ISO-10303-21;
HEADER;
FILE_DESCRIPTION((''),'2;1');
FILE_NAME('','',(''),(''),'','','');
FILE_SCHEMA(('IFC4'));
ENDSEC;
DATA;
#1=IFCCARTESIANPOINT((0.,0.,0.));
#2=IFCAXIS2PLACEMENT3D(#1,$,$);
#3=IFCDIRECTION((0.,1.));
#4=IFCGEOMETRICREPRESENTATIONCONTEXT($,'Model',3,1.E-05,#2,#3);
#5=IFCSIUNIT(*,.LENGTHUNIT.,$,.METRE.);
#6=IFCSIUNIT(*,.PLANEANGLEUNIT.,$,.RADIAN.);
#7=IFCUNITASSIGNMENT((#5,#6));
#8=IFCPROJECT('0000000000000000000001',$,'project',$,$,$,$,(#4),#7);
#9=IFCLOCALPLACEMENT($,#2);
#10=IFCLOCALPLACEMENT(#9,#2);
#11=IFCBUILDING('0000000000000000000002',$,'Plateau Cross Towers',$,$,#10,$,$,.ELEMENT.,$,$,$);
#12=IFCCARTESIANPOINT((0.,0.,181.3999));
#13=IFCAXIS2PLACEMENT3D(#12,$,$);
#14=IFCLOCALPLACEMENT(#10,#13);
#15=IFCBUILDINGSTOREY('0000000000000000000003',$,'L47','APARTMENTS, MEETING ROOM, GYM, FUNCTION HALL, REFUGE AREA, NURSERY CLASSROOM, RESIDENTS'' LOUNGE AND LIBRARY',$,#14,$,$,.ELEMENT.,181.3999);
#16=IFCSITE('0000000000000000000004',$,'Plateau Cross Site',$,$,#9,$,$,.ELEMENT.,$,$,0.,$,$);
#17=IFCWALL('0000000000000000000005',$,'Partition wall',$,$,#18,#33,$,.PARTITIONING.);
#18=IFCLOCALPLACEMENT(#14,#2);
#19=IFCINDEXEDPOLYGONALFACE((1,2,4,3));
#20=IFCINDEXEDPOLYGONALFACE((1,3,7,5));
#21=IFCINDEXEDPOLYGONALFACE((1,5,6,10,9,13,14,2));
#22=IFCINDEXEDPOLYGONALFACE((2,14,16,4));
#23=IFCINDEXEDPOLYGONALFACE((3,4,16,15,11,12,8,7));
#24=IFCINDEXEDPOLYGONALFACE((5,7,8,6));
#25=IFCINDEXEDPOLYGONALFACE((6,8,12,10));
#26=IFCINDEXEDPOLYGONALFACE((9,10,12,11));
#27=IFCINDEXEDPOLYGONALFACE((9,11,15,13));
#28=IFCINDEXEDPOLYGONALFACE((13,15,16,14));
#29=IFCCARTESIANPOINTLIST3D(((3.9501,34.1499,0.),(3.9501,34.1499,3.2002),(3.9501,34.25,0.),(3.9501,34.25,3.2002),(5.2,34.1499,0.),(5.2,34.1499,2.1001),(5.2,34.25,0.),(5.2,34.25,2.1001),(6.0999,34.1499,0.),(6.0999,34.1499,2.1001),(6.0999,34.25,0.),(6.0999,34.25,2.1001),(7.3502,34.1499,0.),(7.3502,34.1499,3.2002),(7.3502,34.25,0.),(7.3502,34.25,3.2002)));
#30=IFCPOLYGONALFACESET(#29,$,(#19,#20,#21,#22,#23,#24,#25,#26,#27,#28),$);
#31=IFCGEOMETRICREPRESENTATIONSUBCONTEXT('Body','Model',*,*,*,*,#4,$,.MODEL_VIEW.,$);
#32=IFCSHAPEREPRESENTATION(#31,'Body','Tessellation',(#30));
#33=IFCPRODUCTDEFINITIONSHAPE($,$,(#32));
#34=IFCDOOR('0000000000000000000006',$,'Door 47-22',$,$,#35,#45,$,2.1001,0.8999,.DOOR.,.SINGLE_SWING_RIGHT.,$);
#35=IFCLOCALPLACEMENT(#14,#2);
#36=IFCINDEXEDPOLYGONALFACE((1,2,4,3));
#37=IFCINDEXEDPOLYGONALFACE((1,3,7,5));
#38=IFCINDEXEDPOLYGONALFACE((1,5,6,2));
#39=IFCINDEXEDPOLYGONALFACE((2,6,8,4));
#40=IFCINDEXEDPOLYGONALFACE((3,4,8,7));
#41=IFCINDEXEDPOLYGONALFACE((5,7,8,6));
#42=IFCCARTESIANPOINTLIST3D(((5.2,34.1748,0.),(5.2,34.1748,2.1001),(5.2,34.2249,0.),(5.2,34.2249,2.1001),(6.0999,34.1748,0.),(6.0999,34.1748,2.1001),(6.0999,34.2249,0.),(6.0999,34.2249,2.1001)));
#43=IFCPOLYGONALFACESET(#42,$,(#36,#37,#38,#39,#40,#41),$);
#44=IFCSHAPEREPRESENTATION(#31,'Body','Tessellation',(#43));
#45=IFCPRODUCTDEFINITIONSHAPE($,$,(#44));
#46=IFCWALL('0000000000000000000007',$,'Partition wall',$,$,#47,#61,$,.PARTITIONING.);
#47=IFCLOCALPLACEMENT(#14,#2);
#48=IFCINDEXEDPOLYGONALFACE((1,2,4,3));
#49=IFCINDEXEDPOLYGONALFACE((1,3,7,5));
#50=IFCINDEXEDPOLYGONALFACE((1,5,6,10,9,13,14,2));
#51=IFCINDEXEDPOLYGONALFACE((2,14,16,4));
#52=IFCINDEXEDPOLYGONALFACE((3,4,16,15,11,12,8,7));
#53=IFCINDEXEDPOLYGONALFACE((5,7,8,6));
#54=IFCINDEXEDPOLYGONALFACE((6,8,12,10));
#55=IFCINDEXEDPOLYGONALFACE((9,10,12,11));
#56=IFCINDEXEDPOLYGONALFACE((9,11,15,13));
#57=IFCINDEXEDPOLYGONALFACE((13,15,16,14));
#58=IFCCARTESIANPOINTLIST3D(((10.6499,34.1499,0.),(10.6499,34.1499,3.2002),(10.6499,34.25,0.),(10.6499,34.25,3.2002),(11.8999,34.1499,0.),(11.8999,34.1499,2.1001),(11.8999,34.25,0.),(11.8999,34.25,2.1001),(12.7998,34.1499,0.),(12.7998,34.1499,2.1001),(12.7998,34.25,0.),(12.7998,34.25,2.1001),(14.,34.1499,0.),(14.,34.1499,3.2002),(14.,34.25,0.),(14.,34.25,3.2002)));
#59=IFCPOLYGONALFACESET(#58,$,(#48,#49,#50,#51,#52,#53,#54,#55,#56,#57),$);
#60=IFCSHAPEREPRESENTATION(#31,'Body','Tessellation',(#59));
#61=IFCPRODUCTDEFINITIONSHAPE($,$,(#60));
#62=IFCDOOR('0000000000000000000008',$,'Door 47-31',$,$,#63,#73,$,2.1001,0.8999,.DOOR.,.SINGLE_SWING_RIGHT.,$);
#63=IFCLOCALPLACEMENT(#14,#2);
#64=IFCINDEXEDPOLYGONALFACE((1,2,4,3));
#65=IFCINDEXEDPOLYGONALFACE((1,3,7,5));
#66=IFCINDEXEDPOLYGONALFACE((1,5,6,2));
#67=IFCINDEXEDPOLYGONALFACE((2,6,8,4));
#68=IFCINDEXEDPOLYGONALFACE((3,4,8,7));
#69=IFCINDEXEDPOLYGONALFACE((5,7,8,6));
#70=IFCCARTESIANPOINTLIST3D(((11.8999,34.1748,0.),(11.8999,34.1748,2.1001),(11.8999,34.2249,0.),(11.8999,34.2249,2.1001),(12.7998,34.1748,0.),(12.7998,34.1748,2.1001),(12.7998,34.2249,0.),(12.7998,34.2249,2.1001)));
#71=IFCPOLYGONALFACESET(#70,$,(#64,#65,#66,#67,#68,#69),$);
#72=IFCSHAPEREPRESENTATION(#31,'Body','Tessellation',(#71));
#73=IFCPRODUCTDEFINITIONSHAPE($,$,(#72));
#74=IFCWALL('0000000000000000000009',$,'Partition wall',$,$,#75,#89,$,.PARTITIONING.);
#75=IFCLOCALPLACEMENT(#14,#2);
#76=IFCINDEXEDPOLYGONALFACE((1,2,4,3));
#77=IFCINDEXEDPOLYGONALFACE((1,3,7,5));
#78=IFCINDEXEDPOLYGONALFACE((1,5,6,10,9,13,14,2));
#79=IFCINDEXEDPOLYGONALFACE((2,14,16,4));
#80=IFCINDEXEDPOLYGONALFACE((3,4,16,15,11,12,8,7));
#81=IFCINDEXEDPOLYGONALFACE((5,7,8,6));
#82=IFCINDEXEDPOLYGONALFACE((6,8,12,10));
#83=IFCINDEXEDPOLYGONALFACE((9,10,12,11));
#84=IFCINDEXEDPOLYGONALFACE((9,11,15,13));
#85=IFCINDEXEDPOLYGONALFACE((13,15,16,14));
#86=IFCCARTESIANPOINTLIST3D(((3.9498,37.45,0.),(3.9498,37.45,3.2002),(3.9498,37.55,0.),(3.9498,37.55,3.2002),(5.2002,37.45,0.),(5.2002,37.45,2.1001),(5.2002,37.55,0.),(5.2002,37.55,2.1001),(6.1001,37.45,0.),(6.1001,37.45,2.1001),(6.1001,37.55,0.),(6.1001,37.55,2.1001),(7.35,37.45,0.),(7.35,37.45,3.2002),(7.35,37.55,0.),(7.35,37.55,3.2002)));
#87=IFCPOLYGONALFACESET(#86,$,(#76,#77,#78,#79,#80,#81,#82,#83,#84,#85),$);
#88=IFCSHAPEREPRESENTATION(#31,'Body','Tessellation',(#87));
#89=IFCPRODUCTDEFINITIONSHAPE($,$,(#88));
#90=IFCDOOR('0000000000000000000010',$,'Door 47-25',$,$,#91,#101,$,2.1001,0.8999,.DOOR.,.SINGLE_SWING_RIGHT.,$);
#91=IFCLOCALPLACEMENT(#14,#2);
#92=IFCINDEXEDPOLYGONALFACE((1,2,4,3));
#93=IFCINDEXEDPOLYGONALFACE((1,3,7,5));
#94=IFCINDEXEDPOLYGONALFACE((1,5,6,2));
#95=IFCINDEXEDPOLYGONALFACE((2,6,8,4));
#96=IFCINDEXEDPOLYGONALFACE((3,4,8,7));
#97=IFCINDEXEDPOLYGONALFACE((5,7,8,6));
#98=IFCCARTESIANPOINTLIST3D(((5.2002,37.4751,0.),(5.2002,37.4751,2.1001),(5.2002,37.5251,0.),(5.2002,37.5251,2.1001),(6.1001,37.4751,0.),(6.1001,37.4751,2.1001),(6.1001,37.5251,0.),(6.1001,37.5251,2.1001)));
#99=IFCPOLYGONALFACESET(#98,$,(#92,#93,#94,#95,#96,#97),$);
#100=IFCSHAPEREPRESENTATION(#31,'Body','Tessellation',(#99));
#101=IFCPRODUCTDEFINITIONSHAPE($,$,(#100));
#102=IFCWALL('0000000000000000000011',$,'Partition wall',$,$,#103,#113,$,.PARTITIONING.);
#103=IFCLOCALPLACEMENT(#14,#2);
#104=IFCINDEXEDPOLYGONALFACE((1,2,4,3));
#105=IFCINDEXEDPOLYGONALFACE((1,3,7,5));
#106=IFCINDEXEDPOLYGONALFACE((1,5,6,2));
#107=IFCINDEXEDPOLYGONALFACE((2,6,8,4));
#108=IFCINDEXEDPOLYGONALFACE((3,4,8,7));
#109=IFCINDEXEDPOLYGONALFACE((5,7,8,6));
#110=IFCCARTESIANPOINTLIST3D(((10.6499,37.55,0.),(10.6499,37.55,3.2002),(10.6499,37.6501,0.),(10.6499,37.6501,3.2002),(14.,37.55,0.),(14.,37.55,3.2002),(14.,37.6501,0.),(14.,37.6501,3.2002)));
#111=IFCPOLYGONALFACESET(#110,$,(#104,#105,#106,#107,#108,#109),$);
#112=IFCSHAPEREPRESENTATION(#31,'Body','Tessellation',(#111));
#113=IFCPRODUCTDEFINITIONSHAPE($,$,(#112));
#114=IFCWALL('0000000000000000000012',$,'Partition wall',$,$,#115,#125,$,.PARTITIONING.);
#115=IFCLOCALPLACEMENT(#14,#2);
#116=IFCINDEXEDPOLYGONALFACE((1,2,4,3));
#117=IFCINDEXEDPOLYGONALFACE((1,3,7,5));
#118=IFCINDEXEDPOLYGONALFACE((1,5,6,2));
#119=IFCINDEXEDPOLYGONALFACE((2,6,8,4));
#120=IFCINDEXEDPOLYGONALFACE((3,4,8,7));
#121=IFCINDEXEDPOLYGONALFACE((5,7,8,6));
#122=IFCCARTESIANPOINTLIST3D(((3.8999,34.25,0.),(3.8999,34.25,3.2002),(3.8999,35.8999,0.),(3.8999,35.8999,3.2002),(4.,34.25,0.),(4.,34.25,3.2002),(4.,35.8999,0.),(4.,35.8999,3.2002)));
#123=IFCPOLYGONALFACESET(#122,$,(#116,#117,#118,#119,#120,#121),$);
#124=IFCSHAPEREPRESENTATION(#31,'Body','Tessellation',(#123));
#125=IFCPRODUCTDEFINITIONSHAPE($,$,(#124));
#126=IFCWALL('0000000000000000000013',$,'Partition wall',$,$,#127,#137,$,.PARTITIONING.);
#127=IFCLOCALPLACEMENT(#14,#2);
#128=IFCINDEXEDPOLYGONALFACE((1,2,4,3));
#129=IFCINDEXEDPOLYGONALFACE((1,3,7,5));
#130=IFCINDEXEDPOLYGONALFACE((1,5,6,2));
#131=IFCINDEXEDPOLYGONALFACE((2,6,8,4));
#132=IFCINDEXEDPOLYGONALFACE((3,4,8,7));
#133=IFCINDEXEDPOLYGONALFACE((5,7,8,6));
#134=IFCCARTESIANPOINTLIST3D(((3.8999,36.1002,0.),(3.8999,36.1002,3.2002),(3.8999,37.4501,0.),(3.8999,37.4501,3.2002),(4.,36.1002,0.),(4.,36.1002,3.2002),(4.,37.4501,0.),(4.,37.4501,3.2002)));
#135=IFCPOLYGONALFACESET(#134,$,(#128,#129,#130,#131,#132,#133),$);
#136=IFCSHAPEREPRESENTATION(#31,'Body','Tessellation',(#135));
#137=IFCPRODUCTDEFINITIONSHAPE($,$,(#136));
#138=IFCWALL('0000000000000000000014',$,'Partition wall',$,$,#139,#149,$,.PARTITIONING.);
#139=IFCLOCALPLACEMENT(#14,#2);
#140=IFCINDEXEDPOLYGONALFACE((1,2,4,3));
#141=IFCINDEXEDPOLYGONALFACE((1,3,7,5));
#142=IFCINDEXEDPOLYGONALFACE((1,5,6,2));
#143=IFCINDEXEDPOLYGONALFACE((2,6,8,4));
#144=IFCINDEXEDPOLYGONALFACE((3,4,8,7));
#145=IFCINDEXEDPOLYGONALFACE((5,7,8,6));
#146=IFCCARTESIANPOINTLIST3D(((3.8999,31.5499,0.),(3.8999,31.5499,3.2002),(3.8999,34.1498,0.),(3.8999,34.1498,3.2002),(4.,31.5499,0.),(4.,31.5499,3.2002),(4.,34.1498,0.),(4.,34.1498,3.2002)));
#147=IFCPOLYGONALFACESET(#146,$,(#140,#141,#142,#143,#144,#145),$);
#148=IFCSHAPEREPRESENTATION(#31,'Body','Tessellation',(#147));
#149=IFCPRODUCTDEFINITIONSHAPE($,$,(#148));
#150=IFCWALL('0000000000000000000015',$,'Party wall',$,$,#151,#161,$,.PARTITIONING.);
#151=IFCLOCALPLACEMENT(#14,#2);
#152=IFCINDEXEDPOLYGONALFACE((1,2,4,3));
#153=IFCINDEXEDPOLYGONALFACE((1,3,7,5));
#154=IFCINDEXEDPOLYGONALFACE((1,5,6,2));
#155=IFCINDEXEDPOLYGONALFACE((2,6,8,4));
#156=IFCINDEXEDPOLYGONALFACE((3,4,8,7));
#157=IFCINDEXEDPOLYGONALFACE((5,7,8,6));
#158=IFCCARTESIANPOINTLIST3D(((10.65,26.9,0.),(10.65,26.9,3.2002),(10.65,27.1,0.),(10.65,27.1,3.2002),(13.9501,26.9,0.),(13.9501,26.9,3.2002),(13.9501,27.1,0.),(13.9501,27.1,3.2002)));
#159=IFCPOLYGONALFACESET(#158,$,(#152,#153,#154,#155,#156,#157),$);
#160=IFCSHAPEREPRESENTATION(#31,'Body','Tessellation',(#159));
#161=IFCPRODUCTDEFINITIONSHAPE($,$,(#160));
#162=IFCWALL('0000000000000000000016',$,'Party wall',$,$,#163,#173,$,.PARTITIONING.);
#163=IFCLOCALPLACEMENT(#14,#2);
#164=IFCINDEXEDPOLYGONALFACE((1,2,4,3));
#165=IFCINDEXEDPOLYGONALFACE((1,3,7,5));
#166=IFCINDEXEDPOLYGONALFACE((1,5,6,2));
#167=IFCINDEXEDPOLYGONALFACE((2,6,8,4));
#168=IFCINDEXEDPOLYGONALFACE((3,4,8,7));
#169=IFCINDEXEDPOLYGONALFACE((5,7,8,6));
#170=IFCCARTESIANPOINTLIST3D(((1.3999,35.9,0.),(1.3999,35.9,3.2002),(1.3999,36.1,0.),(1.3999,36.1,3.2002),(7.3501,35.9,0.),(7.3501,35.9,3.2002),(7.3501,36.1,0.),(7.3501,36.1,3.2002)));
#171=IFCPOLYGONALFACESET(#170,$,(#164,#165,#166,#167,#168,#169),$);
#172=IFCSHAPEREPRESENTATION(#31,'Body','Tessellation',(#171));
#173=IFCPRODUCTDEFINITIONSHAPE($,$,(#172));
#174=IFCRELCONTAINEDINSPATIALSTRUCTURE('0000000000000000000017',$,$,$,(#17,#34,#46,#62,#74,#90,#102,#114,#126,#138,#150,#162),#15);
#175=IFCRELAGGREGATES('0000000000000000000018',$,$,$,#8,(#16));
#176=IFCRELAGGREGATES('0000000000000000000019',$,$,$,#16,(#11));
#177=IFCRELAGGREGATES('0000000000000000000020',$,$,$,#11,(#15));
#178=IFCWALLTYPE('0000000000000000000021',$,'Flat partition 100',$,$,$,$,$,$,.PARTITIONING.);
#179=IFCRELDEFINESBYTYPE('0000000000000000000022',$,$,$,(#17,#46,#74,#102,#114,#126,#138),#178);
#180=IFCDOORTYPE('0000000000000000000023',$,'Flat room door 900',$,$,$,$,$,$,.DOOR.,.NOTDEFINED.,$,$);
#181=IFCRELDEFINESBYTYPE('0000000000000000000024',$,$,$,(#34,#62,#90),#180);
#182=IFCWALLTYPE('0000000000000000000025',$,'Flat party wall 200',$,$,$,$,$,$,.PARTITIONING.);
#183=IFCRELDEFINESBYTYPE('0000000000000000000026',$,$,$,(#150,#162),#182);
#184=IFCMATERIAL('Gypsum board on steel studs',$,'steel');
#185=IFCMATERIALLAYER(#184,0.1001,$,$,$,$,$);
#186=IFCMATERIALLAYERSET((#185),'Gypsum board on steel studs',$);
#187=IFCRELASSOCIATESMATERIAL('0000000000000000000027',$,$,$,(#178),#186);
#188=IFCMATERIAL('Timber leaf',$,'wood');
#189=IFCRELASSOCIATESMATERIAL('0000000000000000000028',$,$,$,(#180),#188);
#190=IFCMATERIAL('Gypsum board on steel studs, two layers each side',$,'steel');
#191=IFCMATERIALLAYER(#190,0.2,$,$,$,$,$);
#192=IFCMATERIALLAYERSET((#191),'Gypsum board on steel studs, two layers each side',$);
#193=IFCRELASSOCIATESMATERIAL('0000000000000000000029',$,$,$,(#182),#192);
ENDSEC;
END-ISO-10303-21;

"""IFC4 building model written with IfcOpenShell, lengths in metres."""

from ifc_helpers import new_model, si_unit, direction, frame, frame_2d, origin, place, context, subcontext, project, spatial, rectangle, extrude, material, layer, layer_set, type_object, element, fill, save


model = new_model("IFC4")

# Units and contexts
model_context = context("Model", 3, precision=1e-05, world=origin(), true_north=direction((0.0, 1.0)))
body_context = subcontext(model_context, "Body", "Model", "MODEL_VIEW")
ifc_project = project(units=[si_unit("LENGTHUNIT", "METRE"), si_unit("PLANEANGLEUNIT", "RADIAN")], contexts=[model_context])

# Site, building, storey
site_placement = place(None, origin())
site = spatial("IfcSite", under=ifc_project, at=site_placement, Name="Plateau Cross Site", CompositionType="ELEMENT", RefElevation=0.0)
building_placement = place(site_placement, origin())
building = spatial("IfcBuilding", under=site, at=building_placement, Name="Plateau Cross Towers", CompositionType="ELEMENT")
storey_placement = place(building_placement, frame((0.0, 0.0, 181.3999)))
storey = spatial("IfcBuildingStorey", under=building, at=storey_placement, Name="L47", Description="APARTMENTS, MEETING ROOM, GYM, FUNCTION HALL, REFUGE AREA, NURSERY CLASSROOM, RESIDENTS' LOUNGE AND LIBRARY", CompositionType="ELEMENT", Elevation=181.3999)

# Walls, openings, doors
ifc_material_1 = material(Name="Gypsum board on steel studs", Category="steel")
ifc_layer_1 = layer(ifc_material_1, 0.1001)
ifc_layer_set_1 = layer_set([ifc_layer_1], Name="Gypsum board on steel studs")
wall_type_1 = type_object("IfcWallType", Name="Flat partition 100", PredefinedType="PARTITIONING", material=ifc_layer_set_1)
ifc_material_2 = material(Name="Timber leaf", Category="wood")
door_type_1 = type_object("IfcDoorType", Name="Flat room door 900", OperationType="NOTDEFINED", PredefinedType="DOOR", material=ifc_material_2)
wall_1_placement = place(storey_placement, frame((3.95, 34.2, 0.0), z_axis=(0.0, 0.0, 1.0), x_axis=(1.0, 0.0, 0.0)))
wall_1 = element("IfcWall", 1, at=wall_1_placement, inside=storey, type_object=wall_type_1, Name="Partition wall", PredefinedType="PARTITIONING", context=body_context, shape_type="SweptSolid", body=[
    extrude(rectangle(XDim=3.4001, YDim=0.1001, at=frame_2d((1.7002, 0.0))), origin(), (0.0, 0.0, 1.0), 3.2002),
])
opening_1_placement = place(wall_1_placement, frame((1.25, 0.0, 0.0)))
opening_1 = element("IfcOpeningElement", 2, at=opening_1_placement, cuts=wall_1, PredefinedType="OPENING", context=body_context, shape_type="SweptSolid", body=[
    extrude(rectangle(XDim=0.8999, YDim=2.1001, at=frame_2d((0.45, 1.05))), frame((0.0, 0.0601, 0.0), z_axis=(0.0, -1.0, 0.0), x_axis=(1.0, 0.0, 0.0)), (0.0, 0.0, 1.0), 0.1201),
])
door_1_placement = place(opening_1_placement, origin())
door_1 = element("IfcDoor", 3, at=door_1_placement, inside=storey, type_object=door_type_1, Name="Door 47-22", OperationType="SINGLE_SWING_RIGHT", OverallHeight=2.1001, OverallWidth=0.8999, PredefinedType="DOOR", context=body_context, shape_type="SweptSolid", body=[
    extrude(rectangle(XDim=0.8999, YDim=2.1001, at=frame_2d((0.45, 1.05))), frame((0.0, 0.0249, 0.0), z_axis=(0.0, -1.0, 0.0), x_axis=(1.0, 0.0, 0.0)), (0.0, 0.0, 1.0), 0.05),
])
fill(opening_1, door_1)
wall_2_placement = place(storey_placement, frame((10.6499, 34.2, 0.0), z_axis=(0.0, 0.0, 1.0), x_axis=(1.0, 0.0, 0.0)))
wall_2 = element("IfcWall", 4, at=wall_2_placement, inside=storey, type_object=wall_type_1, Name="Partition wall", PredefinedType="PARTITIONING", context=body_context, shape_type="SweptSolid", body=[
    extrude(rectangle(XDim=3.3501, YDim=0.1001, at=frame_2d((1.675, 0.0))), origin(), (0.0, 0.0, 1.0), 3.2002),
])
opening_2_placement = place(wall_2_placement, frame((1.25, 0.0, 0.0)))
opening_2 = element("IfcOpeningElement", 5, at=opening_2_placement, cuts=wall_2, PredefinedType="OPENING", context=body_context, shape_type="SweptSolid", body=[
    extrude(rectangle(XDim=0.8999, YDim=2.1001, at=frame_2d((0.45, 1.05))), frame((0.0, 0.0601, 0.0), z_axis=(0.0, -1.0, 0.0), x_axis=(1.0, 0.0, 0.0)), (0.0, 0.0, 1.0), 0.1201),
])
door_2_placement = place(opening_2_placement, origin())
door_2 = element("IfcDoor", 6, at=door_2_placement, inside=storey, type_object=door_type_1, Name="Door 47-31", OperationType="SINGLE_SWING_RIGHT", OverallHeight=2.1001, OverallWidth=0.8999, PredefinedType="DOOR", context=body_context, shape_type="SweptSolid", body=[
    extrude(rectangle(XDim=0.8999, YDim=2.1001, at=frame_2d((0.45, 1.05))), frame((0.0, 0.0249, 0.0), z_axis=(0.0, -1.0, 0.0), x_axis=(1.0, 0.0, 0.0)), (0.0, 0.0, 1.0), 0.05),
])
fill(opening_2, door_2)
wall_3_placement = place(storey_placement, frame((7.3501, 37.5, 0.0), z_axis=(0.0, 0.0, 1.0), x_axis=(-1.0, 0.0, 0.0)))
wall_3 = element("IfcWall", 7, at=wall_3_placement, inside=storey, type_object=wall_type_1, Name="Partition wall", PredefinedType="PARTITIONING", context=body_context, shape_type="SweptSolid", body=[
    extrude(rectangle(XDim=3.4001, YDim=0.1001, at=frame_2d((1.7002, 0.0))), origin(), (0.0, 0.0, 1.0), 3.2002),
])
opening_3_placement = place(wall_3_placement, frame((1.25, 0.0, 0.0)))
opening_3 = element("IfcOpeningElement", 8, at=opening_3_placement, cuts=wall_3, PredefinedType="OPENING", context=body_context, shape_type="SweptSolid", body=[
    extrude(rectangle(XDim=0.8999, YDim=2.1001, at=frame_2d((0.45, 1.05))), frame((0.0, 0.0601, 0.0), z_axis=(0.0, -1.0, 0.0), x_axis=(1.0, 0.0, 0.0)), (0.0, 0.0, 1.0), 0.1201),
])
door_3_placement = place(opening_3_placement, origin())
door_3 = element("IfcDoor", 9, at=door_3_placement, inside=storey, type_object=door_type_1, Name="Door 47-25", OperationType="SINGLE_SWING_RIGHT", OverallHeight=2.1001, OverallWidth=0.8999, PredefinedType="DOOR", context=body_context, shape_type="SweptSolid", body=[
    extrude(rectangle(XDim=0.8999, YDim=2.1001, at=frame_2d((0.45, 1.05))), frame((0.0, 0.0249, 0.0), z_axis=(0.0, -1.0, 0.0), x_axis=(1.0, 0.0, 0.0)), (0.0, 0.0, 1.0), 0.05),
])
fill(opening_3, door_3)

# Walls
wall_4_placement = place(storey_placement, frame((14.0, 37.6001, 0.0), z_axis=(0.0, 0.0, 1.0), x_axis=(-1.0, 0.0, 0.0)))
element("IfcWall", 10, at=wall_4_placement, inside=storey, type_object=wall_type_1, Name="Partition wall", PredefinedType="PARTITIONING", context=body_context, shape_type="SweptSolid", body=[
    extrude(rectangle(XDim=3.3501, YDim=0.1001, at=frame_2d((1.675, 0.0))), origin(), (0.0, 0.0, 1.0), 3.2002),
])
wall_5_placement = place(storey_placement, frame((3.95, 35.8999, 0.0), z_axis=(0.0, 0.0, 1.0), x_axis=(0.0, -1.0, 0.0)))
element("IfcWall", 11, at=wall_5_placement, inside=storey, type_object=wall_type_1, Name="Partition wall", PredefinedType="PARTITIONING", context=body_context, shape_type="SweptSolid", body=[
    extrude(rectangle(XDim=1.6499, YDim=0.1001, at=frame_2d((0.825, 0.0))), origin(), (0.0, 0.0, 1.0), 3.2002),
])
wall_6_placement = place(storey_placement, frame((3.95, 37.45, 0.0), z_axis=(0.0, 0.0, 1.0), x_axis=(0.0, -1.0, 0.0)))
element("IfcWall", 12, at=wall_6_placement, inside=storey, type_object=wall_type_1, Name="Partition wall", PredefinedType="PARTITIONING", context=body_context, shape_type="SweptSolid", body=[
    extrude(rectangle(XDim=1.3499, YDim=0.1001, at=frame_2d((0.6748, 0.0))), origin(), (0.0, 0.0, 1.0), 3.2002),
])
wall_7_placement = place(storey_placement, frame((3.95, 31.55, 0.0), z_axis=(0.0, 0.0, 1.0), x_axis=(0.0, 1.0, 0.0)))
element("IfcWall", 13, at=wall_7_placement, inside=storey, type_object=wall_type_1, Name="Partition wall", PredefinedType="PARTITIONING", context=body_context, shape_type="SweptSolid", body=[
    extrude(rectangle(XDim=2.5999, YDim=0.1001, at=frame_2d((1.2998, 0.0))), origin(), (0.0, 0.0, 1.0), 3.2002),
])
ifc_material_3 = material(Name="Gypsum board on steel studs, two layers each side", Category="steel")
ifc_layer_2 = layer(ifc_material_3, 0.2)
ifc_layer_set_2 = layer_set([ifc_layer_2], Name="Gypsum board on steel studs, two layers each side")
wall_type_2 = type_object("IfcWallType", Name="Flat party wall 200", PredefinedType="PARTITIONING", material=ifc_layer_set_2)
wall_8_placement = place(storey_placement, frame((13.95, 27.0, 0.0), z_axis=(0.0, 0.0, 1.0), x_axis=(-1.0, 0.0, 0.0)))
element("IfcWall", 14, at=wall_8_placement, inside=storey, type_object=wall_type_2, Name="Party wall", PredefinedType="PARTITIONING", context=body_context, shape_type="SweptSolid", body=[
    extrude(rectangle(XDim=3.3, YDim=0.2, at=frame_2d((1.6499, 0.0))), origin(), (0.0, 0.0, 1.0), 3.2002),
])
wall_9_placement = place(storey_placement, frame((7.3501, 36.0, 0.0), z_axis=(0.0, 0.0, 1.0), x_axis=(-1.0, 0.0, 0.0)))
element("IfcWall", 15, at=wall_9_placement, inside=storey, type_object=wall_type_2, Name="Party wall", PredefinedType="PARTITIONING", context=body_context, shape_type="SweptSolid", body=[
    extrude(rectangle(XDim=5.9502, YDim=0.2, at=frame_2d((2.9751, 0.0))), origin(), (0.0, 0.0, 1.0), 3.2002),
])

save(model, "model.ifc")
